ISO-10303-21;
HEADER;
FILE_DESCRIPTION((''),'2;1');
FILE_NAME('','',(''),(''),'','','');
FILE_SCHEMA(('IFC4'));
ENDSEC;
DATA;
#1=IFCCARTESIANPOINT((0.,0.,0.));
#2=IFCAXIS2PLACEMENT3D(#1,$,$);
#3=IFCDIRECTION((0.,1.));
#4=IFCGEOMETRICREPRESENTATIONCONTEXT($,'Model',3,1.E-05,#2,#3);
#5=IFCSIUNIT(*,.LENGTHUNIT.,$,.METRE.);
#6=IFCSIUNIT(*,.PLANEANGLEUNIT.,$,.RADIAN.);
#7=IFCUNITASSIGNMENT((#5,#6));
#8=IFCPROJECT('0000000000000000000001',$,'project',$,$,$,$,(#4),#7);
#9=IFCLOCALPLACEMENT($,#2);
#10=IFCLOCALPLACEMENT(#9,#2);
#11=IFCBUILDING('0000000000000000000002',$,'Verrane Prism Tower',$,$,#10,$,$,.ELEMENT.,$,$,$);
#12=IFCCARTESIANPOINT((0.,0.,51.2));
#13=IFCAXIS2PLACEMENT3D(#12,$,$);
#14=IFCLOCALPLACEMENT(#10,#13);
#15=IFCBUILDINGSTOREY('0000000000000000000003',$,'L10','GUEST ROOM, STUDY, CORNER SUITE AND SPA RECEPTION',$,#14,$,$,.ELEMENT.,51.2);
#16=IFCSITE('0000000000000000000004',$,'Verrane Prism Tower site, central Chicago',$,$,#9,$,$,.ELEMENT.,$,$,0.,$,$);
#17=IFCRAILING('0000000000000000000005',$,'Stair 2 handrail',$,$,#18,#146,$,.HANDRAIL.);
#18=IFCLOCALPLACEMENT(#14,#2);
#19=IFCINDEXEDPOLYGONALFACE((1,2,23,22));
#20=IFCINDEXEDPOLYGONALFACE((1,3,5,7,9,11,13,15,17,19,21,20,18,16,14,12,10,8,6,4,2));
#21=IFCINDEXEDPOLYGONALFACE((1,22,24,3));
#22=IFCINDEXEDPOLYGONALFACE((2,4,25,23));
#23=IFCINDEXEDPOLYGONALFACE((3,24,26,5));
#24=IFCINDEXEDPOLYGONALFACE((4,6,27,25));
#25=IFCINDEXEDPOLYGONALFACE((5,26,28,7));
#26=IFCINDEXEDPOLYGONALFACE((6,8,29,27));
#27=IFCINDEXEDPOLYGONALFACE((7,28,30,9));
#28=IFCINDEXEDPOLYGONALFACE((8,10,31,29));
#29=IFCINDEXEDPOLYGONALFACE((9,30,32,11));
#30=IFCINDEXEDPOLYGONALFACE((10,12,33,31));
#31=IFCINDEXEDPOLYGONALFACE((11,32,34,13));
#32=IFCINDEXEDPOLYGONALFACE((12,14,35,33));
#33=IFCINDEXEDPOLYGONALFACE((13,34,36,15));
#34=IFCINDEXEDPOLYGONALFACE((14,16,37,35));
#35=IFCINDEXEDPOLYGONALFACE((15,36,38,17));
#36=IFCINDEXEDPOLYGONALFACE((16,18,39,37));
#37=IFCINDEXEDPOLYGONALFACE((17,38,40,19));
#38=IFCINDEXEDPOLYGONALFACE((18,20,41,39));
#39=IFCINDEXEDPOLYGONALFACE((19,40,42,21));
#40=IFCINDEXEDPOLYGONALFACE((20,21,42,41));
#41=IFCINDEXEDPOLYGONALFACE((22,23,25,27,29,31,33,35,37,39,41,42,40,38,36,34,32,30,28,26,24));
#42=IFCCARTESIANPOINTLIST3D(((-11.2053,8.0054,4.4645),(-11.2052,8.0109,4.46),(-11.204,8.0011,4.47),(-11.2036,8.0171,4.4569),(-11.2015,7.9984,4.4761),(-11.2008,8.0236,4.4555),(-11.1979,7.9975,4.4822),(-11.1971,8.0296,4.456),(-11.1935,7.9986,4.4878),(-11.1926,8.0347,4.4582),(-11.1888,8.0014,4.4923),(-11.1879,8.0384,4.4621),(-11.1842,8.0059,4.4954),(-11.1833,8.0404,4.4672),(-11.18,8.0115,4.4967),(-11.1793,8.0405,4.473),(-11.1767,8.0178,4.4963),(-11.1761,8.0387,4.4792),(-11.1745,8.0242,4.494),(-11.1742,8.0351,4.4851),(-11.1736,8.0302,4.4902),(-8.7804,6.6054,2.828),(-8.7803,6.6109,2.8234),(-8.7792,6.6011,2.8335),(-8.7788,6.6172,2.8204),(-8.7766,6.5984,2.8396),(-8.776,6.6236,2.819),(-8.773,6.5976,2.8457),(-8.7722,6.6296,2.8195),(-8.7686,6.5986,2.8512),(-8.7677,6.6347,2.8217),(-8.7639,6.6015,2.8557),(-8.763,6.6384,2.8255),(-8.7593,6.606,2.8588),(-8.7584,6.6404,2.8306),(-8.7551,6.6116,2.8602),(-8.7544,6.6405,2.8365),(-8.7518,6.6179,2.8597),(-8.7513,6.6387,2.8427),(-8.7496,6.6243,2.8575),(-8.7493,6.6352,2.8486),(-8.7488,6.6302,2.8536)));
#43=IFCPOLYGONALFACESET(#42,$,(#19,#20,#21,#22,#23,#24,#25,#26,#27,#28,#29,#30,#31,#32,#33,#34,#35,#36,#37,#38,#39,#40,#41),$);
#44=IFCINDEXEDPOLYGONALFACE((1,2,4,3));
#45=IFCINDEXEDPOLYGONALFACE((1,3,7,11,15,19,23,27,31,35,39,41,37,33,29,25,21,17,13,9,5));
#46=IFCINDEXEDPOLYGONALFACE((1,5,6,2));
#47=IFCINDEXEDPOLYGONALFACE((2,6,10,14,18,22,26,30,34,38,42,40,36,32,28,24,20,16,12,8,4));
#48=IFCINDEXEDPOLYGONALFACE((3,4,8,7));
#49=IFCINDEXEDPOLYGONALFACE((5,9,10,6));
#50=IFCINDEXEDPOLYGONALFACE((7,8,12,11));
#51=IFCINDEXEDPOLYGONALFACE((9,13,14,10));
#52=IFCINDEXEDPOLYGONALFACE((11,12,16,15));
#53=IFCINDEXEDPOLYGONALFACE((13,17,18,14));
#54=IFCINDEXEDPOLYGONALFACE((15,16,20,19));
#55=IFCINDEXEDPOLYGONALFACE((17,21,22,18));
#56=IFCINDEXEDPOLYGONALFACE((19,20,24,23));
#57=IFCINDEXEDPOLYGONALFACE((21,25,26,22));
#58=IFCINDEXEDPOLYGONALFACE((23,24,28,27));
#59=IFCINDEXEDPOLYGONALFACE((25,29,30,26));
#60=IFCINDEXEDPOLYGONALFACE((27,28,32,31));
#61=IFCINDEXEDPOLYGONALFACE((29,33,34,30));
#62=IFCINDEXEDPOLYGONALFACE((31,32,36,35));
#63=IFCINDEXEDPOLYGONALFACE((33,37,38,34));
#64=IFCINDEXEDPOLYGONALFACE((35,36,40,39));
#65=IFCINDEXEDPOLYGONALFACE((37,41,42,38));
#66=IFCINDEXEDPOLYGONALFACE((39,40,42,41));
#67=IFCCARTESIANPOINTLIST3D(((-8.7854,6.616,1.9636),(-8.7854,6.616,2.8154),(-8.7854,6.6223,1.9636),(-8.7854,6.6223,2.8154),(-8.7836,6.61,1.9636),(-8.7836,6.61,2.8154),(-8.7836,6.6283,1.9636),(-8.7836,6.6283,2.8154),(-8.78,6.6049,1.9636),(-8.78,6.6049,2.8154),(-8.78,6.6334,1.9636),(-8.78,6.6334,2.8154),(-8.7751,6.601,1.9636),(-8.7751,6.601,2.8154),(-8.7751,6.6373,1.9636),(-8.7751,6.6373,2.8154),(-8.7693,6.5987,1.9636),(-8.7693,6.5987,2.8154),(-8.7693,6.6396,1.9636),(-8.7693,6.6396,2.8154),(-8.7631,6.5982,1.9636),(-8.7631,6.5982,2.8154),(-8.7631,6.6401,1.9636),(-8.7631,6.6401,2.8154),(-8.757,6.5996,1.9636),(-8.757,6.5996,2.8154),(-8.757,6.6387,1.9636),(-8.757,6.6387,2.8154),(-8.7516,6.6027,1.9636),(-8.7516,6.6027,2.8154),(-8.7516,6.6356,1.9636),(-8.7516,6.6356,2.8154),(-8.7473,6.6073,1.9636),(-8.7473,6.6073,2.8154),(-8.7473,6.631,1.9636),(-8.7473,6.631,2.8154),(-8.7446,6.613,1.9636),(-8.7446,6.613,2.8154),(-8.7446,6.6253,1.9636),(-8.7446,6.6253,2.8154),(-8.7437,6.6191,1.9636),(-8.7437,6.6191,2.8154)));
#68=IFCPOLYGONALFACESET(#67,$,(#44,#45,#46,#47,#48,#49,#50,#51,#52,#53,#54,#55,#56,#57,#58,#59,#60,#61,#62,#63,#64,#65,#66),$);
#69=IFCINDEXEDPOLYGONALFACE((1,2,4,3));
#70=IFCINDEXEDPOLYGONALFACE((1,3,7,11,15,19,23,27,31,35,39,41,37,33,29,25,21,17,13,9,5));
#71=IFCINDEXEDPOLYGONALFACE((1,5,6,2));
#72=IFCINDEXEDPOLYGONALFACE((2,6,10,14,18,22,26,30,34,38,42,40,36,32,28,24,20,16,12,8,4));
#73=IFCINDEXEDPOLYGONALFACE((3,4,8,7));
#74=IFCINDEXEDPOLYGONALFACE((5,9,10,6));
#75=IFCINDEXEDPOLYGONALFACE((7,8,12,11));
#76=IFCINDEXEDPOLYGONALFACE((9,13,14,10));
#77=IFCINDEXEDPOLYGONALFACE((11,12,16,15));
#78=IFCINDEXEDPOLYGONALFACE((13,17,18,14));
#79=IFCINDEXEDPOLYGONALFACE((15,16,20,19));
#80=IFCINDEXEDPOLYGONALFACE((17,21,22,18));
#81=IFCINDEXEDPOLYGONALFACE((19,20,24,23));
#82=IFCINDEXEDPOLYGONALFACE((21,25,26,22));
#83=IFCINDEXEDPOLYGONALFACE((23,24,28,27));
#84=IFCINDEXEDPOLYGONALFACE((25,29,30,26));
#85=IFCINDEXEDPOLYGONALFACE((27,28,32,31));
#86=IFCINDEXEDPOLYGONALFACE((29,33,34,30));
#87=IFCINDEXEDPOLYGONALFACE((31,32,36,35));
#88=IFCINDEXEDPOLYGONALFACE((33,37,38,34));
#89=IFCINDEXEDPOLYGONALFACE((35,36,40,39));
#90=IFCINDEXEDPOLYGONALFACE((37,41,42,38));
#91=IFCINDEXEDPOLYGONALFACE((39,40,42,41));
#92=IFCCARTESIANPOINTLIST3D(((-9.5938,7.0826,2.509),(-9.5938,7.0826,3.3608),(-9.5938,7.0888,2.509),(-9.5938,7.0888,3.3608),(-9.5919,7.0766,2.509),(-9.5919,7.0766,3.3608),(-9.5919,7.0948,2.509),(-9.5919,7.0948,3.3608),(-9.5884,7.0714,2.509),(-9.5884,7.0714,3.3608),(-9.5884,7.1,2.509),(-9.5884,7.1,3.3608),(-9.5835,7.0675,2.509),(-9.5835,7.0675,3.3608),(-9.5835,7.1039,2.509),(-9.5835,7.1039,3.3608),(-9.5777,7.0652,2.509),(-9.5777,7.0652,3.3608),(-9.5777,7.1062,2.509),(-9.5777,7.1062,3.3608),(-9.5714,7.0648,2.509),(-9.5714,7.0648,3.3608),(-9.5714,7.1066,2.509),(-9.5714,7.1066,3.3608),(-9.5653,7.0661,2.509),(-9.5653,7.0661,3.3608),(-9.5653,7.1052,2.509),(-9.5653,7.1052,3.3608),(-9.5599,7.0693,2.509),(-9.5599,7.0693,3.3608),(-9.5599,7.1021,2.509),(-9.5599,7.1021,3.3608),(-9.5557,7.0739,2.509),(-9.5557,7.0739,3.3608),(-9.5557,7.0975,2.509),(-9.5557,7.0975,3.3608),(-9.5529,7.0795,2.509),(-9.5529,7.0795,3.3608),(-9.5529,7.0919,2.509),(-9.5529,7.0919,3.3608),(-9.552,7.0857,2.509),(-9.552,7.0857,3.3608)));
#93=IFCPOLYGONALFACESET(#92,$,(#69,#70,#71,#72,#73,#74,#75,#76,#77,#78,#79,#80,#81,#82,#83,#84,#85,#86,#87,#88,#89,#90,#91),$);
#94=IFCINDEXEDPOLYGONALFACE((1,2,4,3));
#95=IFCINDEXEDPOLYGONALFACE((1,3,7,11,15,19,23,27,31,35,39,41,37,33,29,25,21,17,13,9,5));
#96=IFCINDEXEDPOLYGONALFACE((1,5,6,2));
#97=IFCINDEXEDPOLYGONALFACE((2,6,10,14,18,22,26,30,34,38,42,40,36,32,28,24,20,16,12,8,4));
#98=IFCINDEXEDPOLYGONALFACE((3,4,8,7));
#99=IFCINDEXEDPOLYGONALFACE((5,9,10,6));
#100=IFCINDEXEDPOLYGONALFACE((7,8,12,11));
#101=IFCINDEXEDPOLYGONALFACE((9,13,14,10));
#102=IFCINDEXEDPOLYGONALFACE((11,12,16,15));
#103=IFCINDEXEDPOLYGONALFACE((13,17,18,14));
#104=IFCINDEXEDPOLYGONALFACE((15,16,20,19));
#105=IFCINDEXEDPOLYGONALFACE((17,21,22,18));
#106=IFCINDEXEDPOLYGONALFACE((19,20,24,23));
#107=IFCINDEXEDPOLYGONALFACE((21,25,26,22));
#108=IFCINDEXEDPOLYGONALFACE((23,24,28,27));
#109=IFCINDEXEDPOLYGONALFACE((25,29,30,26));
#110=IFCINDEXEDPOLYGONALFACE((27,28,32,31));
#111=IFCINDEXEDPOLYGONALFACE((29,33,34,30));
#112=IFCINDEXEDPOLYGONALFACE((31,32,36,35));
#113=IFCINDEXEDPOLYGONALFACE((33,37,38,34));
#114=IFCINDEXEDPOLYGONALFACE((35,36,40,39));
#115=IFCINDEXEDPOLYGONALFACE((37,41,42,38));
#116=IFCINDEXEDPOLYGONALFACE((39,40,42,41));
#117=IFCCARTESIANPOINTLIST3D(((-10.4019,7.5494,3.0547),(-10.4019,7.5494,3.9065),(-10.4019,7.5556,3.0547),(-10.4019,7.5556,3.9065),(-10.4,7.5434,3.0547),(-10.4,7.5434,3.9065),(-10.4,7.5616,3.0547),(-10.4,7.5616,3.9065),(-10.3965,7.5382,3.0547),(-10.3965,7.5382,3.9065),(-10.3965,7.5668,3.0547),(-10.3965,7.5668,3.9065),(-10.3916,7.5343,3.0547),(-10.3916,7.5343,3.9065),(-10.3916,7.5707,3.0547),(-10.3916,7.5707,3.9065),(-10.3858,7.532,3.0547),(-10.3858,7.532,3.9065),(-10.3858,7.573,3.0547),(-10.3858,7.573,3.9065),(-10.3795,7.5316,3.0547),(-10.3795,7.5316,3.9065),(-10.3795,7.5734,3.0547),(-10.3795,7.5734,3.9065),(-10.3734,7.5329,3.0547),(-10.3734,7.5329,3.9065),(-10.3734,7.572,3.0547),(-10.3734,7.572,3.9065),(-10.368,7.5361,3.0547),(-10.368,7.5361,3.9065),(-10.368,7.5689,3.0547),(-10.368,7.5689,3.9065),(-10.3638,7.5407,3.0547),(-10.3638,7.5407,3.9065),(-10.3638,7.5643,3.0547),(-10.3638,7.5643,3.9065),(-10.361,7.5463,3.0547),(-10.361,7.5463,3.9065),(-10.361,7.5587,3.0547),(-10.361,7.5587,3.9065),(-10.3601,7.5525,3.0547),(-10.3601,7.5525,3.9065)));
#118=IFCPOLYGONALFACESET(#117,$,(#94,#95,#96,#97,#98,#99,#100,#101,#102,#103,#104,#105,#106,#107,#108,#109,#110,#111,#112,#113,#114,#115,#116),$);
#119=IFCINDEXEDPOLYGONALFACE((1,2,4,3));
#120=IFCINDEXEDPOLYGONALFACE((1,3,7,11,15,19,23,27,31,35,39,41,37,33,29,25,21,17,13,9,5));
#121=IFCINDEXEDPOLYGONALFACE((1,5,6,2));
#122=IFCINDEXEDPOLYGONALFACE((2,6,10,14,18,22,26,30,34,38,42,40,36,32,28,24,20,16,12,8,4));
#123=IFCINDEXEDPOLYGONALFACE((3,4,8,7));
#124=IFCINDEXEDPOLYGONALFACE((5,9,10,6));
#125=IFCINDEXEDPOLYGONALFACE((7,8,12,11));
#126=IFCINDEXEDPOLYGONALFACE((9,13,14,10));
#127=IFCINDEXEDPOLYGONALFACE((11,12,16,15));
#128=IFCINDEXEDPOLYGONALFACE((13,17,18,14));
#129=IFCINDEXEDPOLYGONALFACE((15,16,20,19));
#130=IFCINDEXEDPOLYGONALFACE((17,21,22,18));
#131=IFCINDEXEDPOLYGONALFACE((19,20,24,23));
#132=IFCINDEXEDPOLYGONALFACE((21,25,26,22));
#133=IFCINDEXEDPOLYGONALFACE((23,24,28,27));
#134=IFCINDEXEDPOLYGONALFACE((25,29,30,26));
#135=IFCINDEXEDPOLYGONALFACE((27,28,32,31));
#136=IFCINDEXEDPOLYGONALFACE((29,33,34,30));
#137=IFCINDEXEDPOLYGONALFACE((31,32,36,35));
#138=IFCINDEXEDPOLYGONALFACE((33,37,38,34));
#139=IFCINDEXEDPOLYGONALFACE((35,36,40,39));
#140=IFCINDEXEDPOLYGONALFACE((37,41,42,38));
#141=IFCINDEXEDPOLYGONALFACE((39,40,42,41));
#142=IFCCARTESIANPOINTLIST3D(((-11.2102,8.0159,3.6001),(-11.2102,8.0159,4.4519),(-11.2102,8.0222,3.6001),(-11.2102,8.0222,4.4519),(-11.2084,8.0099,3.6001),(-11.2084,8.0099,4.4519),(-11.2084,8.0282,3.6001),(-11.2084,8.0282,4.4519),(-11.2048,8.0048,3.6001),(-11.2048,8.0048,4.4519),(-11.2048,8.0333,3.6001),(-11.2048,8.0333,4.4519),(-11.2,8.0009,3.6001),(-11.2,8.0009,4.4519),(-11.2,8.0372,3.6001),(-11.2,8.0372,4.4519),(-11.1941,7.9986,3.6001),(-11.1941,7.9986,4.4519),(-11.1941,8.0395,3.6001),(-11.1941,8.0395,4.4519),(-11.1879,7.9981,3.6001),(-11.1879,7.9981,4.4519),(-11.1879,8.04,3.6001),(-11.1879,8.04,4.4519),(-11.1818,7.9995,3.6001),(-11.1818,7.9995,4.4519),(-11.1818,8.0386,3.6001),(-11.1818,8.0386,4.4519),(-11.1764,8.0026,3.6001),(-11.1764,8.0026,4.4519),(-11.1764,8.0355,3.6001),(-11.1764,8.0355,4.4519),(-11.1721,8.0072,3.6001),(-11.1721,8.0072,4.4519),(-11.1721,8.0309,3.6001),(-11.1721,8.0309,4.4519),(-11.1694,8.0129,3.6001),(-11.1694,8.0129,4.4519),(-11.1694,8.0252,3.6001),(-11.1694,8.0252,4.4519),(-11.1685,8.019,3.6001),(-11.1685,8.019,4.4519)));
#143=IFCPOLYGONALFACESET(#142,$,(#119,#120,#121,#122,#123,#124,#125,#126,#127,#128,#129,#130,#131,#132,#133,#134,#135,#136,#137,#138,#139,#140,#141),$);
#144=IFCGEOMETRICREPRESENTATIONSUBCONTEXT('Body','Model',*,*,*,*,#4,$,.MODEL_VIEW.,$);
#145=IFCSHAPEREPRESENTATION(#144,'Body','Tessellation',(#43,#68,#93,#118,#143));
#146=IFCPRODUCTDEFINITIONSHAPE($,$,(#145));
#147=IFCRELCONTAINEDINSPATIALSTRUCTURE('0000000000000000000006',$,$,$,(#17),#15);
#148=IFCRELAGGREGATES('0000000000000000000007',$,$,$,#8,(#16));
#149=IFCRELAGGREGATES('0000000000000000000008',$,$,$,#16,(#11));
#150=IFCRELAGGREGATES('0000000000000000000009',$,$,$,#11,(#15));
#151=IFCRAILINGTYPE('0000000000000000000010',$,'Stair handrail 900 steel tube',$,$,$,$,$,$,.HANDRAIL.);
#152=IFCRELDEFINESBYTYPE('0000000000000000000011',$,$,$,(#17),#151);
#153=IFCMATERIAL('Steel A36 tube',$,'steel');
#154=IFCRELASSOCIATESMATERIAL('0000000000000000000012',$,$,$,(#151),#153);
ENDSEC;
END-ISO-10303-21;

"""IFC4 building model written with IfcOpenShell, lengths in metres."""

from ifc_helpers import new_model, si_unit, direction, frame, origin, origin_2d, place, context, subcontext, project, spatial, circle, extrude, material, type_object, element, save


model = new_model("IFC4")

# Units and contexts
model_context = context("Model", 3, precision=1e-05, world=origin(), true_north=direction((0.0, 1.0)))
body_context = subcontext(model_context, "Body", "Model", "MODEL_VIEW")
ifc_project = project(units=[si_unit("LENGTHUNIT", "METRE"), si_unit("PLANEANGLEUNIT", "RADIAN")], contexts=[model_context])

# Site, building, storey
site_placement = place(None, origin())
site = spatial("IfcSite", under=ifc_project, at=site_placement, Name="Verrane Prism Tower site, central Chicago", CompositionType="ELEMENT", RefElevation=0.0)
building_placement = place(site_placement, origin())
building = spatial("IfcBuilding", under=site, at=building_placement, Name="Verrane Prism Tower", CompositionType="ELEMENT")
storey_placement = place(building_placement, frame((0.0, 0.0, 51.2)))
storey = spatial("IfcBuildingStorey", under=building, at=storey_placement, Name="L10", Description="GUEST ROOM, STUDY, CORNER SUITE AND SPA RECEPTION", CompositionType="ELEMENT", Elevation=51.2)

# Railing
ifc_material_1 = material(Name="Steel A36 tube", Category="steel")
railing_type_1 = type_object("IfcRailingType", Name="Stair handrail 900 steel tube", PredefinedType="HANDRAIL", material=ifc_material_1)
railing_1_placement = place(storey_placement, frame((-8.7646, 6.6191, 1.9636)))
element("IfcRailing", 1, at=railing_1_placement, inside=storey, type_object=railing_type_1, Name="Stair 2 handrail", PredefinedType="HANDRAIL", context=body_context, shape_type="SweptSolid", body=[
    extrude(circle(Radius=0.0239, at=origin_2d()), frame((0.0, 0.0, 0.876), z_axis=(-0.74769, 0.431661, 0.504608), x_axis=(-0.499984, -0.866035, 0.0)), (0.0, 0.0, 1.0), 3.2432),
    extrude(circle(Radius=0.021, at=origin_2d()), origin(), (0.0, 0.0, 1.0), 0.8518),
    extrude(circle(Radius=0.021, at=origin_2d()), frame((-0.8083, 0.4666, 0.5454)), (0.0, 0.0, 1.0), 0.8518),
    extrude(circle(Radius=0.021, at=origin_2d()), frame((-1.6165, 0.9333, 1.0911)), (0.0, 0.0, 1.0), 0.8518),
    extrude(circle(Radius=0.021, at=origin_2d()), frame((-2.4248, 1.3999, 1.6365)), (0.0, 0.0, 1.0), 0.8518),
])

save(model, "model.ifc")
